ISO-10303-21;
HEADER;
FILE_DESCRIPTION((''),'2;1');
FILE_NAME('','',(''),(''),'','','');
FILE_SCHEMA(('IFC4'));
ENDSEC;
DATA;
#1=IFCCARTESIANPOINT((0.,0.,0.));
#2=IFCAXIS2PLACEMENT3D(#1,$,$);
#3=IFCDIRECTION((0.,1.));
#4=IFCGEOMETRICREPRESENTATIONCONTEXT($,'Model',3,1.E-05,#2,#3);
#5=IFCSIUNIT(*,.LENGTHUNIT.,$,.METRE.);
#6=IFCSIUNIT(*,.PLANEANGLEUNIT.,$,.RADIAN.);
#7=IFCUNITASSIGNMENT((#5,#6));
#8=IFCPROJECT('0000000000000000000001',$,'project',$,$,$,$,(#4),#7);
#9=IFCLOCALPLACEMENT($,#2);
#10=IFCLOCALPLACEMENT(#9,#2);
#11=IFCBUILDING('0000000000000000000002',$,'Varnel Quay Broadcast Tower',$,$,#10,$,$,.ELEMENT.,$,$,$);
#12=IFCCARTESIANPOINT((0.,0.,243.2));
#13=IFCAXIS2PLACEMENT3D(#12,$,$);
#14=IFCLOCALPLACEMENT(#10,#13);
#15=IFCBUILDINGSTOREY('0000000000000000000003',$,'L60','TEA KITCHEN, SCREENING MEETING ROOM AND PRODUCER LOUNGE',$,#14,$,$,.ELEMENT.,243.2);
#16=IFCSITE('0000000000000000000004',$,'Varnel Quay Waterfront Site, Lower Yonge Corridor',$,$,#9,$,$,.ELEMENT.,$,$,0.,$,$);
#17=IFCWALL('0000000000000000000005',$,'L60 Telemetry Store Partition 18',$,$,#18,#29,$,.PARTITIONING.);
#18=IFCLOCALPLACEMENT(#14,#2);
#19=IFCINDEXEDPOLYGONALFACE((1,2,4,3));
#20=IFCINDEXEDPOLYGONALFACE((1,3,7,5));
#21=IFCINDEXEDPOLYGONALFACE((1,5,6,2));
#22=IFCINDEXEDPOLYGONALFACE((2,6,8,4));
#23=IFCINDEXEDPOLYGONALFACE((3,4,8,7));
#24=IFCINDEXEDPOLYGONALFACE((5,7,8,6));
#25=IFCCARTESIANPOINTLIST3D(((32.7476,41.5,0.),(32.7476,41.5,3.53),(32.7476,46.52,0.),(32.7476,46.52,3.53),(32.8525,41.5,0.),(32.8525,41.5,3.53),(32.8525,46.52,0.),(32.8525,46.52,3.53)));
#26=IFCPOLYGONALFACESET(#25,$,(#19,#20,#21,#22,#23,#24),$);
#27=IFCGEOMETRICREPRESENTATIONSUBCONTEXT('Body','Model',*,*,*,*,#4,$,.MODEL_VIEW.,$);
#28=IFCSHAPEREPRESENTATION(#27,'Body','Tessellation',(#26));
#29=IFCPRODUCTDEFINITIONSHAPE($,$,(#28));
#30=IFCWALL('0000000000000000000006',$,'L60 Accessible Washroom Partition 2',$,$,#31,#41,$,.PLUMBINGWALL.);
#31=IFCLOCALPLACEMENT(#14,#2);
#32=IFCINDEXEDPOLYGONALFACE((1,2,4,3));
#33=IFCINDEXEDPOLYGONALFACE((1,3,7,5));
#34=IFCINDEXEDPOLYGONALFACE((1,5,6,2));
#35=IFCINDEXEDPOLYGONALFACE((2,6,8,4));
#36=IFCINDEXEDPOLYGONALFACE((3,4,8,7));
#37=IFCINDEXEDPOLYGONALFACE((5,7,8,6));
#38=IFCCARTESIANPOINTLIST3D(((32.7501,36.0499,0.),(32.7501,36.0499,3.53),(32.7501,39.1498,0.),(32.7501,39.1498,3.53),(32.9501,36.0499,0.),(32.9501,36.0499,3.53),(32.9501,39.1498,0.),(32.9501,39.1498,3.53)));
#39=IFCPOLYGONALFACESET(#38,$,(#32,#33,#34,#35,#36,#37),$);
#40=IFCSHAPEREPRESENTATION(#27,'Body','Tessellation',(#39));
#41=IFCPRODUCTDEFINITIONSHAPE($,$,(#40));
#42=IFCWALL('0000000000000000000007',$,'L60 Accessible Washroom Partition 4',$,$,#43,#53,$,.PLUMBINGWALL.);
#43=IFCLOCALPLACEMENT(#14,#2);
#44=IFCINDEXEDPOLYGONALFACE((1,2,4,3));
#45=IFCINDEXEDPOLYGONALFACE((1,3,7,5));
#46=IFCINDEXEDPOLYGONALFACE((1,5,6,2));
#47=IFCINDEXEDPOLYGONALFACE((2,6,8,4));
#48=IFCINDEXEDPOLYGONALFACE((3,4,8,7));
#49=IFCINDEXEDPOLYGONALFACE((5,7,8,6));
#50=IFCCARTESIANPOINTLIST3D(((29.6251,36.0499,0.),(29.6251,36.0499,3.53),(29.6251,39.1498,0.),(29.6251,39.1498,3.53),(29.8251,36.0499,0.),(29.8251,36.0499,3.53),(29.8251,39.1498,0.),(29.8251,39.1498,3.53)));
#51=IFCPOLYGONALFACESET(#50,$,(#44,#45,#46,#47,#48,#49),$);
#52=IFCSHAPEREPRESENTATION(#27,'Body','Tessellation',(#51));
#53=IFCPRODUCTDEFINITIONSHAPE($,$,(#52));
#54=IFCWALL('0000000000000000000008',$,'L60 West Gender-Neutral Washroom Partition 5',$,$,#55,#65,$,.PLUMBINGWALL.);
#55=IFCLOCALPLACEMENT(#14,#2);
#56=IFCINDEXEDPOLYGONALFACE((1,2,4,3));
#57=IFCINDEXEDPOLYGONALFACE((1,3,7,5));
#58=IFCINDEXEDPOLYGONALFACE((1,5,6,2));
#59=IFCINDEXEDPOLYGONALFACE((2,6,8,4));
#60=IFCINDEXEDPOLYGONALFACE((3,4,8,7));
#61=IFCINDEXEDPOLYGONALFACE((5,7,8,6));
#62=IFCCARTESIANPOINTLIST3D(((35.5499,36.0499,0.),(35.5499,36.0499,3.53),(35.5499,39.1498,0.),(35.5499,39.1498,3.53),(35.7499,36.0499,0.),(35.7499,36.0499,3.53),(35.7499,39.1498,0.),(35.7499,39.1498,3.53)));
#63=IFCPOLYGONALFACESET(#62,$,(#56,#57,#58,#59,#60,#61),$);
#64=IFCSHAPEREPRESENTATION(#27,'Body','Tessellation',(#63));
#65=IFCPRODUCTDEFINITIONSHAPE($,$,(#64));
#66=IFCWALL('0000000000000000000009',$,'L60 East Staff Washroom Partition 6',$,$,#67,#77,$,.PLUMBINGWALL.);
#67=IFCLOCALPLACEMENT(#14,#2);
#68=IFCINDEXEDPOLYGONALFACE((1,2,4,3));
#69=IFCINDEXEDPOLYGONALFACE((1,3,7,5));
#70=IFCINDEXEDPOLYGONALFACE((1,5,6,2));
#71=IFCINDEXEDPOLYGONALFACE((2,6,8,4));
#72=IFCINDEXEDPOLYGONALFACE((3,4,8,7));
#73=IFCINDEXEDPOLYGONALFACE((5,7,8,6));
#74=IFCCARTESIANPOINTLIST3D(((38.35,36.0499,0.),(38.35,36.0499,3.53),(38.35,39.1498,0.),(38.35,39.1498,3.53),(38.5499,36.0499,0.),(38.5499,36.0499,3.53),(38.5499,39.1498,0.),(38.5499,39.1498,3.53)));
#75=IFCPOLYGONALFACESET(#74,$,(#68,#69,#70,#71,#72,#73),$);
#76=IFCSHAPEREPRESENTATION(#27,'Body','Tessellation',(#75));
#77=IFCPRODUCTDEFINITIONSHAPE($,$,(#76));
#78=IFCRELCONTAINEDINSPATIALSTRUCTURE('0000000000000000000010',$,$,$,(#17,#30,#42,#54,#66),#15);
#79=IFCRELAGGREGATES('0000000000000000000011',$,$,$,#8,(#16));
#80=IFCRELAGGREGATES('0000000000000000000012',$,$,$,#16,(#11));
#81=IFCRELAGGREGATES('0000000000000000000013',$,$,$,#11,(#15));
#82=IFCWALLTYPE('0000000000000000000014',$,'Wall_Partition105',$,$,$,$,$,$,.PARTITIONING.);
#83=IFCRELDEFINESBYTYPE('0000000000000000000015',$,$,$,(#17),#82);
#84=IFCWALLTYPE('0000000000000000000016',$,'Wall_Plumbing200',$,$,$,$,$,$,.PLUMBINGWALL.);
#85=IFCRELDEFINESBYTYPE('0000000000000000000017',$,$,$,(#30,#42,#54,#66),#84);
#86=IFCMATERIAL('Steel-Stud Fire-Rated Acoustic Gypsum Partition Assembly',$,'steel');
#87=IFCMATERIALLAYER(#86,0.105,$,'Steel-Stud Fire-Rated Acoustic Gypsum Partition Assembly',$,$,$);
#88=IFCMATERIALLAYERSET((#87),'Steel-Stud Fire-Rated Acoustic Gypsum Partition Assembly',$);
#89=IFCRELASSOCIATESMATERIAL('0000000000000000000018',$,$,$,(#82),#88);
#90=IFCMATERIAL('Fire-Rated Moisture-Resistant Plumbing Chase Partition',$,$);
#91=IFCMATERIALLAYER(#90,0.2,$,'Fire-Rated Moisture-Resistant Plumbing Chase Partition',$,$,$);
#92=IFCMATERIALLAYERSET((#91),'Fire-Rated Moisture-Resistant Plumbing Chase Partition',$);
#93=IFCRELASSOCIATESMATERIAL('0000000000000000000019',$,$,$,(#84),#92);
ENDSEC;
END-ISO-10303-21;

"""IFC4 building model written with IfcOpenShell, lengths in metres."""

from ifc_helpers import new_model, si_unit, direction, frame, frame_2d, origin, place, context, subcontext, project, spatial, rectangle, extrude, material, layer, layer_set, type_object, element, save


model = new_model("IFC4")

# Units and contexts
model_context = context("Model", 3, precision=1e-05, world=origin(), true_north=direction((0.0, 1.0)))
body_context = subcontext(model_context, "Body", "Model", "MODEL_VIEW")
ifc_project = project(units=[si_unit("LENGTHUNIT", "METRE"), si_unit("PLANEANGLEUNIT", "RADIAN")], contexts=[model_context])

# Site, building, storey
site_placement = place(None, origin())
site = spatial("IfcSite", under=ifc_project, at=site_placement, Name="Varnel Quay Waterfront Site, Lower Yonge Corridor", CompositionType="ELEMENT", RefElevation=0.0)
building_placement = place(site_placement, origin())
building = spatial("IfcBuilding", under=site, at=building_placement, Name="Varnel Quay Broadcast Tower", CompositionType="ELEMENT")
storey_placement = place(building_placement, frame((0.0, 0.0, 243.2)))
storey = spatial("IfcBuildingStorey", under=building, at=storey_placement, Name="L60", Description="TEA KITCHEN, SCREENING MEETING ROOM AND PRODUCER LOUNGE", CompositionType="ELEMENT", Elevation=243.2)

# Walls
ifc_material_1 = material(Name="Steel-Stud Fire-Rated Acoustic Gypsum Partition Assembly", Category="steel")
ifc_layer_1 = layer(ifc_material_1, 0.105, Name="Steel-Stud Fire-Rated Acoustic Gypsum Partition Assembly")
ifc_layer_set_1 = layer_set([ifc_layer_1], Name="Steel-Stud Fire-Rated Acoustic Gypsum Partition Assembly")
wall_type_1 = type_object("IfcWallType", Name="Wall_Partition105", PredefinedType="PARTITIONING", material=ifc_layer_set_1)
wall_1_placement = place(storey_placement, frame((32.8, 41.5, 0.0), z_axis=(0.0, 0.0, 1.0), x_axis=(0.0, 1.0, 0.0)))
element("IfcWall", 1, at=wall_1_placement, inside=storey, type_object=wall_type_1, Name="L60 Telemetry Store Partition 18", PredefinedType="PARTITIONING", context=body_context, shape_type="SweptSolid", body=[
    extrude(rectangle(XDim=5.02, YDim=0.105, at=frame_2d((2.51, 0.0))), origin(), (0.0, 0.0, 1.0), 3.53),
])
ifc_material_2 = material(Name="Fire-Rated Moisture-Resistant Plumbing Chase Partition")
ifc_layer_2 = layer(ifc_material_2, 0.2, Name="Fire-Rated Moisture-Resistant Plumbing Chase Partition")
ifc_layer_set_2 = layer_set([ifc_layer_2], Name="Fire-Rated Moisture-Resistant Plumbing Chase Partition")
wall_type_2 = type_object("IfcWallType", Name="Wall_Plumbing200", PredefinedType="PLUMBINGWALL", material=ifc_layer_set_2)
for number, where, z_axis, x_axis, name in (
    (2, (32.8501, 36.05, 0.0), (0.0, 0.0, 1.0), (0.0, 1.0, 0.0), "L60 Accessible Washroom Partition 2"),
    (3, (29.7251, 36.05, 0.0), (0.0, 0.0, 1.0), (0.0, 1.0, 0.0), "L60 Accessible Washroom Partition 4"),
    (4, (35.6499, 36.05, 0.0), (0.0, 0.0, 1.0), (0.0, 1.0, 0.0), "L60 West Gender-Neutral Washroom Partition 5"),
    (5, (38.45, 36.05, 0.0), (0.0, 0.0, 1.0), (0.0, 1.0, 0.0), "L60 East Staff Washroom Partition 6"),
):
    element("IfcWall", number, at=place(storey_placement, frame(where, z_axis=z_axis, x_axis=x_axis)), inside=storey, type_object=wall_type_2, Name=name, PredefinedType="PLUMBINGWALL", context=body_context, shape_type="SweptSolid", body=[
        extrude(rectangle(XDim=3.0999, YDim=0.2, at=frame_2d((1.5498, 0.0))), origin(), (0.0, 0.0, 1.0), 3.53),
    ])

save(model, "model.ifc")
